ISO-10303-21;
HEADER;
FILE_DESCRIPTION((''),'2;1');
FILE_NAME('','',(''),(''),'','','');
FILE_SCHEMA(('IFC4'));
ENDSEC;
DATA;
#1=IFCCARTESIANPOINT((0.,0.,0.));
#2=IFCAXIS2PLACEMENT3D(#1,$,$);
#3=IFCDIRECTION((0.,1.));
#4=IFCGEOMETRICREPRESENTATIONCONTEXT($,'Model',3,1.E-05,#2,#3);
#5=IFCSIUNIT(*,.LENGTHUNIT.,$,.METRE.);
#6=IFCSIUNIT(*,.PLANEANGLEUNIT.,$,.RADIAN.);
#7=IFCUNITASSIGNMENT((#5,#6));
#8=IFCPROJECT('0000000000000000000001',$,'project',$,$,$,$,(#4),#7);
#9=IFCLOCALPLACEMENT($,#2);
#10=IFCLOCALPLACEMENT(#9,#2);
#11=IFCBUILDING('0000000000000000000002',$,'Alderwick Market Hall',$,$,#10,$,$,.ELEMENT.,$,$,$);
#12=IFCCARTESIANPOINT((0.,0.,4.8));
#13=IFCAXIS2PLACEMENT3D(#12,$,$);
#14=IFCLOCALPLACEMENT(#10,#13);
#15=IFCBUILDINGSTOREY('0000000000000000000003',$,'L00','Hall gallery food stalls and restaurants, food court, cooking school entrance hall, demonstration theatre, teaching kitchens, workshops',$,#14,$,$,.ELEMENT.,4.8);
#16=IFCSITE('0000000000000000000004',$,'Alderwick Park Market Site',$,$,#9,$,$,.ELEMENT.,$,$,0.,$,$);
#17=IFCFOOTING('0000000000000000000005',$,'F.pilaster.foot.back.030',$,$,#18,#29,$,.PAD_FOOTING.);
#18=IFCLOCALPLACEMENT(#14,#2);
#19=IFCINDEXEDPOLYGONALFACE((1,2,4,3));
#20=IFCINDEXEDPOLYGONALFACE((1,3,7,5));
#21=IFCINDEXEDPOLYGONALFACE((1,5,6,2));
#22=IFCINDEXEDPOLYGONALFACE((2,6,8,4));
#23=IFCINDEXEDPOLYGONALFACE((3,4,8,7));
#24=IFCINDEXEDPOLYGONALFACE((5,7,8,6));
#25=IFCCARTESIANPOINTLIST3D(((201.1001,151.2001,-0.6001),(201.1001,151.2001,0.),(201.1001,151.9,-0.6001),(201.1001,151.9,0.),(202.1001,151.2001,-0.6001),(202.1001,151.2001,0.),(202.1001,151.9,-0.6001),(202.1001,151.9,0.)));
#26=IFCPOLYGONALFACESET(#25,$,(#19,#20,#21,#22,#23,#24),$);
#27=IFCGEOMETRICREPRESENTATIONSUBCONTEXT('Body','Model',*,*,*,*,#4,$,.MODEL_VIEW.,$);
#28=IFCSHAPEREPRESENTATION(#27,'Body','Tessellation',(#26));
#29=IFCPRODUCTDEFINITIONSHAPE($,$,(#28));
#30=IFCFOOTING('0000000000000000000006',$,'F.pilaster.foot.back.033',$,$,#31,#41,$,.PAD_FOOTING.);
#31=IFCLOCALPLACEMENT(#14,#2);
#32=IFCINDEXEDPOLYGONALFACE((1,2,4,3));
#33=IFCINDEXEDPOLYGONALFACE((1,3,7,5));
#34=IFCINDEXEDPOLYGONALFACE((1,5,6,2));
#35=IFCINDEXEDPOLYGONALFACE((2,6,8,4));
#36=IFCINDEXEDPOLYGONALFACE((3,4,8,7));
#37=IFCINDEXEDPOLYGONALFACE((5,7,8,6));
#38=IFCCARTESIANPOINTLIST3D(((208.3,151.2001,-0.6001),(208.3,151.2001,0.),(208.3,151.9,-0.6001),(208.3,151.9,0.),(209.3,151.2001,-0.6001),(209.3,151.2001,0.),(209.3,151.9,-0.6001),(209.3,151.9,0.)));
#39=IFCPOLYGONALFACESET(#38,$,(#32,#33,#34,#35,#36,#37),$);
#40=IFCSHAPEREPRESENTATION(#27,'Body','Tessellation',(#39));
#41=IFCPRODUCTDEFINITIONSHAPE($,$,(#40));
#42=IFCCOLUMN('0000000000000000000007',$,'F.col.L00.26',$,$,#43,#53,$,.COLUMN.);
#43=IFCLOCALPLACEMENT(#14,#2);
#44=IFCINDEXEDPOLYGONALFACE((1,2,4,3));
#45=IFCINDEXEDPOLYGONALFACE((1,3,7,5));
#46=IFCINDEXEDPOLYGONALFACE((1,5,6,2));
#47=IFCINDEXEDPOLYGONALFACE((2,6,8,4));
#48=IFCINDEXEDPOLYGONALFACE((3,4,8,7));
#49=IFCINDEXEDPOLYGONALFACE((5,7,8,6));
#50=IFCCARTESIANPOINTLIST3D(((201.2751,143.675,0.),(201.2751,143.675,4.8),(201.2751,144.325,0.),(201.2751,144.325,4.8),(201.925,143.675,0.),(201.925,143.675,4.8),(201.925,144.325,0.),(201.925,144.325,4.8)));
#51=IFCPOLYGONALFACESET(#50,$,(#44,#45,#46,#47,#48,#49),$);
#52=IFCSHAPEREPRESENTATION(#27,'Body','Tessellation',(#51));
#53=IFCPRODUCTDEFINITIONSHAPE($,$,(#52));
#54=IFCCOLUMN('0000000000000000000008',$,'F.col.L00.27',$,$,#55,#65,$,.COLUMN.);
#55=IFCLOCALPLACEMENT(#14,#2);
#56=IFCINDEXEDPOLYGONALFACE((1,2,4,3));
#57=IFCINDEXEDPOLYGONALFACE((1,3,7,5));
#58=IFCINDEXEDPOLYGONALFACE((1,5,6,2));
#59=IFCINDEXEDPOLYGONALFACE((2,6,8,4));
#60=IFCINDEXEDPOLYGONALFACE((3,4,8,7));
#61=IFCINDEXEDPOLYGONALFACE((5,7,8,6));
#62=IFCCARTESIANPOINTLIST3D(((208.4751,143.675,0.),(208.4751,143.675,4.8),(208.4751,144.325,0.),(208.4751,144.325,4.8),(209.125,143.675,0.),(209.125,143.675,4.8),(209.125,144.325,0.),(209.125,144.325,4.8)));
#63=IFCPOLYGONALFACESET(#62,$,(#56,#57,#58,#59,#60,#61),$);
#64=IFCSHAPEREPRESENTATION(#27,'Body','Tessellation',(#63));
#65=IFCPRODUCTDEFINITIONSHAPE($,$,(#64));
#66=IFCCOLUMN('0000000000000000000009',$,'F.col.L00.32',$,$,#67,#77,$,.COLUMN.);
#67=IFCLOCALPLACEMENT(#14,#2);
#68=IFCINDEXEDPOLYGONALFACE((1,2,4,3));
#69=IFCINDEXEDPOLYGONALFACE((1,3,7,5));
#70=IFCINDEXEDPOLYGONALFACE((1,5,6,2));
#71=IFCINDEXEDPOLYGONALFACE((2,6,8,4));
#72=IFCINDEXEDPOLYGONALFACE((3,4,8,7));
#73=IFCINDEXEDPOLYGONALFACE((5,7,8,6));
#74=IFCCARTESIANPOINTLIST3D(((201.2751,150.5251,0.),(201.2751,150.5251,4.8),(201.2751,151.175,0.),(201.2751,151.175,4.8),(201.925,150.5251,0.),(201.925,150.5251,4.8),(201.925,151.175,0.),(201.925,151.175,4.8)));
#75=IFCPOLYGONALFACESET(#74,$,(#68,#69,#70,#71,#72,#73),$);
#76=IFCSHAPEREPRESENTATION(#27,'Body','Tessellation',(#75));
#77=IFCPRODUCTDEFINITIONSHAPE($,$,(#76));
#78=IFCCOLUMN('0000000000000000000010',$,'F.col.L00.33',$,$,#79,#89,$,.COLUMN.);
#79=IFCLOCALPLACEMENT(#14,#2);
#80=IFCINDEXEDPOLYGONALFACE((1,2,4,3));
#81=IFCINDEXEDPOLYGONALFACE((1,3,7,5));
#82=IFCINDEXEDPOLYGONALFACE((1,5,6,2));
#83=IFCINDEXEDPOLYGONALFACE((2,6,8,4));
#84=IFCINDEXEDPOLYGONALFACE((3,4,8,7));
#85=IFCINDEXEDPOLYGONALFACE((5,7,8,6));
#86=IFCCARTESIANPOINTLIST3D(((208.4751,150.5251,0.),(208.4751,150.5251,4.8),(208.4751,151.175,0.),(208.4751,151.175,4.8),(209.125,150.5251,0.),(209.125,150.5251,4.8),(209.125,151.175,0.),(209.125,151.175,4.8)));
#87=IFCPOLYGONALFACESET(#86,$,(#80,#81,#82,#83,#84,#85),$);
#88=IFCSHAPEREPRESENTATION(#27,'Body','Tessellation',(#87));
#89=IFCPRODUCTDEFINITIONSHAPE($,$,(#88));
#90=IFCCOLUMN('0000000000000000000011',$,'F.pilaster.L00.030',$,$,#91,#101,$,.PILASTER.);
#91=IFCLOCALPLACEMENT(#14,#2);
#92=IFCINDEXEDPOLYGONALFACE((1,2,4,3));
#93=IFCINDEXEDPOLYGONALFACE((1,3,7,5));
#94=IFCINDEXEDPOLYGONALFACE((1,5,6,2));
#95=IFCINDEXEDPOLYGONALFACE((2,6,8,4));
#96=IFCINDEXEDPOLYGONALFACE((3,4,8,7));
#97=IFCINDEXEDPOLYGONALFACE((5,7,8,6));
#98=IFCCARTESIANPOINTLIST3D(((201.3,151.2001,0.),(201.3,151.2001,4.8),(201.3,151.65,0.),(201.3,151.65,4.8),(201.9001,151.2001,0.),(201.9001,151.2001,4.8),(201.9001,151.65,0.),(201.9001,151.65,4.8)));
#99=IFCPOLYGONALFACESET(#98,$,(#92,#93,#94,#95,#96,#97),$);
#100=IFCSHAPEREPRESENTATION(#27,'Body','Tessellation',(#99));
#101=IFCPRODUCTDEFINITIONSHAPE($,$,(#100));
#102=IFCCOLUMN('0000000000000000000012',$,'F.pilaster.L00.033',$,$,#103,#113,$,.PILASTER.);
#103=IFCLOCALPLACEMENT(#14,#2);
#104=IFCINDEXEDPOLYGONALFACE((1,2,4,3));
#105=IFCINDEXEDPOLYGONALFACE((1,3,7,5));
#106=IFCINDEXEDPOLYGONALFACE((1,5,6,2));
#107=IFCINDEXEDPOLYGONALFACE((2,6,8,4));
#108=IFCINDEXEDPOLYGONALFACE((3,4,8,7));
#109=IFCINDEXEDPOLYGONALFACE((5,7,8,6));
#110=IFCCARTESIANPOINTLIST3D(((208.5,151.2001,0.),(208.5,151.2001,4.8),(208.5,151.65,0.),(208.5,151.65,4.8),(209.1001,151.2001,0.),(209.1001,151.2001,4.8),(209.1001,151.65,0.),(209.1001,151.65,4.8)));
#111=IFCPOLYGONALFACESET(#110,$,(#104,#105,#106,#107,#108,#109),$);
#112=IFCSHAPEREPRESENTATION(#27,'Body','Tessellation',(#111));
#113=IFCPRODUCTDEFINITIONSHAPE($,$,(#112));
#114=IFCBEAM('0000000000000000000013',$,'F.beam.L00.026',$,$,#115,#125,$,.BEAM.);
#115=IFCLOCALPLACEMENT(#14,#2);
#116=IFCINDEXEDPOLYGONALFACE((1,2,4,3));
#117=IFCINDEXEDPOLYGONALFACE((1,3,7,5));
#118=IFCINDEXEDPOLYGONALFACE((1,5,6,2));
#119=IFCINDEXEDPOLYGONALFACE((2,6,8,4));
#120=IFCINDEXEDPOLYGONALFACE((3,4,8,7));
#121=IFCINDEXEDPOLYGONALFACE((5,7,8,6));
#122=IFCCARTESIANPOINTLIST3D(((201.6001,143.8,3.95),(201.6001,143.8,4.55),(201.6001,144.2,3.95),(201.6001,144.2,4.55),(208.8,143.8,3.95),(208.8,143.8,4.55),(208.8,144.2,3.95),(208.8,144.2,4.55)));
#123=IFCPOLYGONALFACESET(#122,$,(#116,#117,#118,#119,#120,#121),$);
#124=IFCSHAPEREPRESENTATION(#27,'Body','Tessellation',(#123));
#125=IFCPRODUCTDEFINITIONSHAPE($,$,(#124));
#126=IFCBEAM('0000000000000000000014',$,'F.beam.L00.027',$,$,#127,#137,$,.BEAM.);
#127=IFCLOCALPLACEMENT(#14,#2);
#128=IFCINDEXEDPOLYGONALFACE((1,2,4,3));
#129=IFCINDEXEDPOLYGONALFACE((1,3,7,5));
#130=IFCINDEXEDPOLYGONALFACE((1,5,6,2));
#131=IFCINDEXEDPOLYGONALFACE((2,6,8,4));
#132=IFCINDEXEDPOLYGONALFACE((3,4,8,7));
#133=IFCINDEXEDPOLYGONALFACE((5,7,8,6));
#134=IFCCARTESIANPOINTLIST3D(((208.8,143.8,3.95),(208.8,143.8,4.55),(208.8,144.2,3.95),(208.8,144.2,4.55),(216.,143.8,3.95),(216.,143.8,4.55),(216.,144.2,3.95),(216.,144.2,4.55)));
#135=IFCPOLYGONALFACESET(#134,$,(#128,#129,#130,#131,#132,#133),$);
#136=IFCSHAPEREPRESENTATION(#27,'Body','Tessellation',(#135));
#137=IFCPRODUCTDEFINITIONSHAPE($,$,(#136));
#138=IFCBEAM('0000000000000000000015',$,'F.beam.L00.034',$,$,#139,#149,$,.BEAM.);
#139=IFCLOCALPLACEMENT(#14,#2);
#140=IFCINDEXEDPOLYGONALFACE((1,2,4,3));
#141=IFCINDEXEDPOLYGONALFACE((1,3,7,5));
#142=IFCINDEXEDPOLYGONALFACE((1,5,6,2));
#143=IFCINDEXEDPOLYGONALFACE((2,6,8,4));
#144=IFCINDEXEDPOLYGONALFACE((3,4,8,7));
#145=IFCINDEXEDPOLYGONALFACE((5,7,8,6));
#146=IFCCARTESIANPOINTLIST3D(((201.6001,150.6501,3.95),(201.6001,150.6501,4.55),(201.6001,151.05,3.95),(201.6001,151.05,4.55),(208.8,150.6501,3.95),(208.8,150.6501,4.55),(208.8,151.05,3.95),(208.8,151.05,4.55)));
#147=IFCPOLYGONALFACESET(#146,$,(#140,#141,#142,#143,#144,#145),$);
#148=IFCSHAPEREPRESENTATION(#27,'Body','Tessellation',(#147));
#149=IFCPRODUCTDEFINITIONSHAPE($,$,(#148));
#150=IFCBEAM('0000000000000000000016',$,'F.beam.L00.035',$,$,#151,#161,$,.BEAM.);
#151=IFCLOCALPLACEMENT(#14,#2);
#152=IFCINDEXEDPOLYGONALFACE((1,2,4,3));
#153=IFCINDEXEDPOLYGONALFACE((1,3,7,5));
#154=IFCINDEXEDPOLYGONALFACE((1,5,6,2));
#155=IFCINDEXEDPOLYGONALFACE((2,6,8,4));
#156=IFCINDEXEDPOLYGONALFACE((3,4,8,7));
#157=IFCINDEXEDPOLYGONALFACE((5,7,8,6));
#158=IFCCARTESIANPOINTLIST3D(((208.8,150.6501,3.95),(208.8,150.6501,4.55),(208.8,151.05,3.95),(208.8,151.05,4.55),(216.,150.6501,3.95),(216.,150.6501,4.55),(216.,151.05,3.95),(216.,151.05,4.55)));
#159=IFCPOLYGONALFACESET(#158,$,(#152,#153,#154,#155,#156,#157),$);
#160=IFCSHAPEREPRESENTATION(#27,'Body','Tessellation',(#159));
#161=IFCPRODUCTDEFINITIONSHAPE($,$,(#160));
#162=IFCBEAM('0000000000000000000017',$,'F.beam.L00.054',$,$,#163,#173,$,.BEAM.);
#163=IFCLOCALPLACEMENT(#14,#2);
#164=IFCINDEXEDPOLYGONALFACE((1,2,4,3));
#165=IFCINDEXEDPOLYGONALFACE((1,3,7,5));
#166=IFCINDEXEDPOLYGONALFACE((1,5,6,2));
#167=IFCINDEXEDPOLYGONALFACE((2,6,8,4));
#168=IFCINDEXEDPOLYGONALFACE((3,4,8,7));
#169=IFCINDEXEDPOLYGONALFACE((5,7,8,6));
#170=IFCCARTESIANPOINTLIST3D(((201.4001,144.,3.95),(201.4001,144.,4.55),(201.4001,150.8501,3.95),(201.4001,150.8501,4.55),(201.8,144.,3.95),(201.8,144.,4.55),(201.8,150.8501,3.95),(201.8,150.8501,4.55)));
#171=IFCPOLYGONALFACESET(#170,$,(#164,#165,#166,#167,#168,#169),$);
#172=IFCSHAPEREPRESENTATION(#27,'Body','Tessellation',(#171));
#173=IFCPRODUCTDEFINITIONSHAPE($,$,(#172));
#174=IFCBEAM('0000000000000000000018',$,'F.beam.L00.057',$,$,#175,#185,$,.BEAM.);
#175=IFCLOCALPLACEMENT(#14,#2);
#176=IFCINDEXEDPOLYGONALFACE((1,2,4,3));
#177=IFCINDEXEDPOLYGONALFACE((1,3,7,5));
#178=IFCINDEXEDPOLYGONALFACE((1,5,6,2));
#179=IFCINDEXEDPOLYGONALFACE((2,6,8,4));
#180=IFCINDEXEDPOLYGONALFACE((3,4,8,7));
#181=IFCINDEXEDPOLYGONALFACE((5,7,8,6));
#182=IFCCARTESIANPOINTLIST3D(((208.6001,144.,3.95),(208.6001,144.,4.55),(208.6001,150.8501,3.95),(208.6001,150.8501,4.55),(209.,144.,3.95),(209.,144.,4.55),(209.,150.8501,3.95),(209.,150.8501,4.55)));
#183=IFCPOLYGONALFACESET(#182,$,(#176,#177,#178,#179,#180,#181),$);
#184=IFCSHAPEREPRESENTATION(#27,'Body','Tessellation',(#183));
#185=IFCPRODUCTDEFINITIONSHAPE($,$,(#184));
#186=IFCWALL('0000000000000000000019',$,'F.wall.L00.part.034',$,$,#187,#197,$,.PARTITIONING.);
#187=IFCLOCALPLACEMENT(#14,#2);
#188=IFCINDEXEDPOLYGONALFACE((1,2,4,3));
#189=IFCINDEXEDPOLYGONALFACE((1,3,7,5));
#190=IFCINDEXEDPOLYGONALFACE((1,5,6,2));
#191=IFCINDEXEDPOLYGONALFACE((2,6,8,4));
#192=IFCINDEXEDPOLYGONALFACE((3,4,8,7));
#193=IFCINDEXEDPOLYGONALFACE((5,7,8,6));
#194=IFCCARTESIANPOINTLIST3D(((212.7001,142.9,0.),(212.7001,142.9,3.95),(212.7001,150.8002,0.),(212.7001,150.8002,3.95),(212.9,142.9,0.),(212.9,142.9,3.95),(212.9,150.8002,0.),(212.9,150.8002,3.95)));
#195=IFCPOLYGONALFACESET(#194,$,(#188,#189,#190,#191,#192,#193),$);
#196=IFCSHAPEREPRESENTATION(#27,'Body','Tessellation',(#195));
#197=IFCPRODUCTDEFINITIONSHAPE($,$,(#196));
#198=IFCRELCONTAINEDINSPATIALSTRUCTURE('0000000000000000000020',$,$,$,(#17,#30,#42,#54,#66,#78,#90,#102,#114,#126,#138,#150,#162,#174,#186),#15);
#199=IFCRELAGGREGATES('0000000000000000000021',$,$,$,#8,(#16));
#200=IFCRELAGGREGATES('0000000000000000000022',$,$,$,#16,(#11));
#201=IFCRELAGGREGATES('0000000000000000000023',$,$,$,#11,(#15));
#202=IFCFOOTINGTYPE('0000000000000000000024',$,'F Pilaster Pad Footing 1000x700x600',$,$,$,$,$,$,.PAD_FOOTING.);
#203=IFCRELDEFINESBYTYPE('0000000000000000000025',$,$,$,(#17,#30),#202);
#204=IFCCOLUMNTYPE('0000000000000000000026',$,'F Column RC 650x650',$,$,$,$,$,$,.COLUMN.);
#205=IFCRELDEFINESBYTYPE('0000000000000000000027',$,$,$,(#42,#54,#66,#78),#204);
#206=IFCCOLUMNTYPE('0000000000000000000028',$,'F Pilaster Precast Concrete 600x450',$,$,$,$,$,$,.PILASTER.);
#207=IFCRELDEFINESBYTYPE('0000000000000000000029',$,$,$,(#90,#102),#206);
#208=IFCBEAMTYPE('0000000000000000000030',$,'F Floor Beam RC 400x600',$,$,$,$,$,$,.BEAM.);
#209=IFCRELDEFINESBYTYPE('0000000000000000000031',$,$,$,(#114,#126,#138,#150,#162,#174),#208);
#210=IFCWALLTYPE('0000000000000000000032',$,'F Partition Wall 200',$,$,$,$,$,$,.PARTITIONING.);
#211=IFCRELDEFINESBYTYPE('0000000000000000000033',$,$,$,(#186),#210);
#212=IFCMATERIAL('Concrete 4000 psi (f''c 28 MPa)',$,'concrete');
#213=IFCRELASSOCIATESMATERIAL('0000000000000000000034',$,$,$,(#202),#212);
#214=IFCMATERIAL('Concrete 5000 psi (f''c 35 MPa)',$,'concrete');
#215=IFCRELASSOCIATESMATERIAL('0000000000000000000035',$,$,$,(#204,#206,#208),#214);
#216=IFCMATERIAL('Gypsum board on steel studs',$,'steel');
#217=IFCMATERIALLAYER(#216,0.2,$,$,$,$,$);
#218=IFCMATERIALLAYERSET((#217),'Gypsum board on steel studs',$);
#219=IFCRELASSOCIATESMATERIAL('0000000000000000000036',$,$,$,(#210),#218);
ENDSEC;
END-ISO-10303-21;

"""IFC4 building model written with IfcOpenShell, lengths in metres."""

from ifc_helpers import new_model, si_unit, direction, frame, frame_2d, origin, origin_2d, place, context, subcontext, project, spatial, rectangle, extrude, material, layer, layer_set, material_profile, profile_set, type_object, element, save


model = new_model("IFC4")

# Units and contexts
model_context = context("Model", 3, precision=1e-05, world=origin(), true_north=direction((0.0, 1.0)))
body_context = subcontext(model_context, "Body", "Model", "MODEL_VIEW")
ifc_project = project(units=[si_unit("LENGTHUNIT", "METRE"), si_unit("PLANEANGLEUNIT", "RADIAN")], contexts=[model_context])

# Site, building, storey
site_placement = place(None, origin())
site = spatial("IfcSite", under=ifc_project, at=site_placement, Name="Alderwick Park Market Site", CompositionType="ELEMENT", RefElevation=0.0)
building_placement = place(site_placement, origin())
building = spatial("IfcBuilding", under=site, at=building_placement, Name="Alderwick Market Hall", CompositionType="ELEMENT")
storey_placement = place(building_placement, frame((0.0, 0.0, 4.8)))
storey = spatial("IfcBuildingStorey", under=building, at=storey_placement, Name="L00", Description="Hall gallery food stalls and restaurants, food court, cooking school entrance hall, demonstration theatre, teaching kitchens, workshops", CompositionType="ELEMENT", Elevation=4.8)

# Footings
ifc_material_1 = material(Name="Concrete 4000 psi (f'c 28 MPa)", Category="concrete")
footing_type = type_object("IfcFootingType", Name="F Pilaster Pad Footing 1000x700x600", PredefinedType="PAD_FOOTING", material=ifc_material_1)
for number, where, z_axis, x_axis, name in (
    (1, (201.6001, 151.55, -0.6001), (0.0, 0.0, 1.0), (1.0, 0.0, 0.0), "F.pilaster.foot.back.030"),
    (2, (208.8, 151.55, -0.6001), (0.0, 0.0, 1.0), (1.0, 0.0, 0.0), "F.pilaster.foot.back.033"),
):
    element("IfcFooting", number, at=place(storey_placement, frame(where, z_axis=z_axis, x_axis=x_axis)), inside=storey, type_object=footing_type, Name=name, PredefinedType="PAD_FOOTING", context=body_context, shape_type="SweptSolid", body=[
        extrude(rectangle(XDim=1.0, YDim=0.7, at=origin_2d()), origin(), (0.0, 0.0, 1.0), 0.6001),
    ])

# Columns
ifc_material_2 = material(Name="Concrete 5000 psi (f'c 35 MPa)", Category="concrete")
ifc_material_profile_1 = material_profile(ifc_material_2, rectangle(XDim=0.6499, YDim=0.6499, at=origin_2d()), Name="RC 650x650")
ifc_profile_set_1 = profile_set([ifc_material_profile_1], Name="Concrete 5000 psi (f'c 35 MPa)")
column_type_1 = type_object("IfcColumnType", Name="F Column RC 650x650", PredefinedType="COLUMN", material=ifc_profile_set_1)
for number, where, z_axis, x_axis, name in (
    (3, (201.6001, 144.0, 0.0), (0.0, 0.0, 1.0), (1.0, 0.0, 0.0), "F.col.L00.26"),
    (4, (208.8, 144.0, 0.0), (0.0, 0.0, 1.0), (1.0, 0.0, 0.0), "F.col.L00.27"),
    (5, (201.6001, 150.8501, 0.0), (0.0, 0.0, 1.0), (1.0, 0.0, 0.0), "F.col.L00.32"),
    (6, (208.8, 150.8501, 0.0), (0.0, 0.0, 1.0), (1.0, 0.0, 0.0), "F.col.L00.33"),
):
    element("IfcColumn", number, at=place(storey_placement, frame(where, z_axis=z_axis, x_axis=x_axis)), inside=storey, type_object=column_type_1, Name=name, PredefinedType="COLUMN", context=body_context, shape_type="SweptSolid", body=[
        extrude(rectangle(XDim=0.6499, YDim=0.6499, at=origin_2d()), origin(), (0.0, 0.0, 1.0), 4.8),
    ])
ifc_material_profile_2 = material_profile(ifc_material_2, rectangle(XDim=0.6001, YDim=0.45, at=origin_2d()), Name="PC 600x450")
ifc_profile_set_2 = profile_set([ifc_material_profile_2], Name="Concrete 5000 psi (f'c 35 MPa)")
column_type_2 = type_object("IfcColumnType", Name="F Pilaster Precast Concrete 600x450", PredefinedType="PILASTER", material=ifc_profile_set_2)
for number, where, z_axis, x_axis, name in (
    (7, (201.6001, 151.425, 0.0), (0.0, 0.0, 1.0), (1.0, 0.0, 0.0), "F.pilaster.L00.030"),
    (8, (208.8, 151.425, 0.0), (0.0, 0.0, 1.0), (1.0, 0.0, 0.0), "F.pilaster.L00.033"),
):
    element("IfcColumn", number, at=place(storey_placement, frame(where, z_axis=z_axis, x_axis=x_axis)), inside=storey, type_object=column_type_2, Name=name, PredefinedType="PILASTER", context=body_context, shape_type="SweptSolid", body=[
        extrude(rectangle(XDim=0.6001, YDim=0.45, at=origin_2d()), origin(), (0.0, 0.0, 1.0), 4.8),
    ])

# Beams
ifc_material_profile_3 = material_profile(ifc_material_2, rectangle(XDim=0.3999, YDim=0.6001, at=origin_2d()), Name="RC 400x600")
ifc_profile_set_3 = profile_set([ifc_material_profile_3], Name="Concrete 5000 psi (f'c 35 MPa)")
beam_type = type_object("IfcBeamType", Name="F Floor Beam RC 400x600", PredefinedType="BEAM", material=ifc_profile_set_3)
for number, where, z_axis, x_axis, name in (
    (9, (201.6001, 144.0, 4.25), (1.0, 0.0, 0.0), (0.0, 1.0, 0.0), "F.beam.L00.026"),
    (10, (208.8, 144.0, 4.25), (1.0, 0.0, 0.0), (0.0, 1.0, 0.0), "F.beam.L00.027"),
    (11, (201.6001, 150.8501, 4.25), (1.0, 0.0, 0.0), (0.0, 1.0, 0.0), "F.beam.L00.034"),
    (12, (208.8, 150.8501, 4.25), (1.0, 0.0, 0.0), (0.0, 1.0, 0.0), "F.beam.L00.035"),
):
    element("IfcBeam", number, at=place(storey_placement, frame(where, z_axis=z_axis, x_axis=x_axis)), inside=storey, type_object=beam_type, Name=name, PredefinedType="BEAM", context=body_context, shape_type="SweptSolid", body=[
        extrude(rectangle(XDim=0.3999, YDim=0.6001, at=origin_2d()), origin(), (0.0, 0.0, 1.0), 7.2),
    ])
for number, where, z_axis, x_axis, name in (
    (13, (201.6001, 144.0, 4.25), (0.0, 1.0, 0.0), (-1.0, 0.0, 0.0), "F.beam.L00.054"),
    (14, (208.8, 144.0, 4.25), (0.0, 1.0, 0.0), (-1.0, 0.0, 0.0), "F.beam.L00.057"),
):
    element("IfcBeam", number, at=place(storey_placement, frame(where, z_axis=z_axis, x_axis=x_axis)), inside=storey, type_object=beam_type, Name=name, PredefinedType="BEAM", context=body_context, shape_type="SweptSolid", body=[
        extrude(rectangle(XDim=0.3999, YDim=0.6001, at=origin_2d()), origin(), (0.0, 0.0, 1.0), 6.8501),
    ])

# Wall
ifc_material_3 = material(Name="Gypsum board on steel studs", Category="steel")
ifc_layer_1 = layer(ifc_material_3, 0.2)
ifc_layer_set_1 = layer_set([ifc_layer_1], Name="Gypsum board on steel studs")
wall_type_1 = type_object("IfcWallType", Name="F Partition Wall 200", PredefinedType="PARTITIONING", material=ifc_layer_set_1)
wall_1_placement = place(storey_placement, frame((212.8, 142.8999, 0.0), z_axis=(0.0, 0.0, 1.0), x_axis=(0.0, 1.0, 0.0)))
element("IfcWall", 15, at=wall_1_placement, inside=storey, type_object=wall_type_1, Name="F.wall.L00.part.034", PredefinedType="PARTITIONING", context=body_context, shape_type="SweptSolid", body=[
    extrude(rectangle(XDim=7.9001, YDim=0.2, at=frame_2d((3.9502, 0.0))), origin(), (0.0, 0.0, 1.0), 3.95),
])

save(model, "model.ifc")
